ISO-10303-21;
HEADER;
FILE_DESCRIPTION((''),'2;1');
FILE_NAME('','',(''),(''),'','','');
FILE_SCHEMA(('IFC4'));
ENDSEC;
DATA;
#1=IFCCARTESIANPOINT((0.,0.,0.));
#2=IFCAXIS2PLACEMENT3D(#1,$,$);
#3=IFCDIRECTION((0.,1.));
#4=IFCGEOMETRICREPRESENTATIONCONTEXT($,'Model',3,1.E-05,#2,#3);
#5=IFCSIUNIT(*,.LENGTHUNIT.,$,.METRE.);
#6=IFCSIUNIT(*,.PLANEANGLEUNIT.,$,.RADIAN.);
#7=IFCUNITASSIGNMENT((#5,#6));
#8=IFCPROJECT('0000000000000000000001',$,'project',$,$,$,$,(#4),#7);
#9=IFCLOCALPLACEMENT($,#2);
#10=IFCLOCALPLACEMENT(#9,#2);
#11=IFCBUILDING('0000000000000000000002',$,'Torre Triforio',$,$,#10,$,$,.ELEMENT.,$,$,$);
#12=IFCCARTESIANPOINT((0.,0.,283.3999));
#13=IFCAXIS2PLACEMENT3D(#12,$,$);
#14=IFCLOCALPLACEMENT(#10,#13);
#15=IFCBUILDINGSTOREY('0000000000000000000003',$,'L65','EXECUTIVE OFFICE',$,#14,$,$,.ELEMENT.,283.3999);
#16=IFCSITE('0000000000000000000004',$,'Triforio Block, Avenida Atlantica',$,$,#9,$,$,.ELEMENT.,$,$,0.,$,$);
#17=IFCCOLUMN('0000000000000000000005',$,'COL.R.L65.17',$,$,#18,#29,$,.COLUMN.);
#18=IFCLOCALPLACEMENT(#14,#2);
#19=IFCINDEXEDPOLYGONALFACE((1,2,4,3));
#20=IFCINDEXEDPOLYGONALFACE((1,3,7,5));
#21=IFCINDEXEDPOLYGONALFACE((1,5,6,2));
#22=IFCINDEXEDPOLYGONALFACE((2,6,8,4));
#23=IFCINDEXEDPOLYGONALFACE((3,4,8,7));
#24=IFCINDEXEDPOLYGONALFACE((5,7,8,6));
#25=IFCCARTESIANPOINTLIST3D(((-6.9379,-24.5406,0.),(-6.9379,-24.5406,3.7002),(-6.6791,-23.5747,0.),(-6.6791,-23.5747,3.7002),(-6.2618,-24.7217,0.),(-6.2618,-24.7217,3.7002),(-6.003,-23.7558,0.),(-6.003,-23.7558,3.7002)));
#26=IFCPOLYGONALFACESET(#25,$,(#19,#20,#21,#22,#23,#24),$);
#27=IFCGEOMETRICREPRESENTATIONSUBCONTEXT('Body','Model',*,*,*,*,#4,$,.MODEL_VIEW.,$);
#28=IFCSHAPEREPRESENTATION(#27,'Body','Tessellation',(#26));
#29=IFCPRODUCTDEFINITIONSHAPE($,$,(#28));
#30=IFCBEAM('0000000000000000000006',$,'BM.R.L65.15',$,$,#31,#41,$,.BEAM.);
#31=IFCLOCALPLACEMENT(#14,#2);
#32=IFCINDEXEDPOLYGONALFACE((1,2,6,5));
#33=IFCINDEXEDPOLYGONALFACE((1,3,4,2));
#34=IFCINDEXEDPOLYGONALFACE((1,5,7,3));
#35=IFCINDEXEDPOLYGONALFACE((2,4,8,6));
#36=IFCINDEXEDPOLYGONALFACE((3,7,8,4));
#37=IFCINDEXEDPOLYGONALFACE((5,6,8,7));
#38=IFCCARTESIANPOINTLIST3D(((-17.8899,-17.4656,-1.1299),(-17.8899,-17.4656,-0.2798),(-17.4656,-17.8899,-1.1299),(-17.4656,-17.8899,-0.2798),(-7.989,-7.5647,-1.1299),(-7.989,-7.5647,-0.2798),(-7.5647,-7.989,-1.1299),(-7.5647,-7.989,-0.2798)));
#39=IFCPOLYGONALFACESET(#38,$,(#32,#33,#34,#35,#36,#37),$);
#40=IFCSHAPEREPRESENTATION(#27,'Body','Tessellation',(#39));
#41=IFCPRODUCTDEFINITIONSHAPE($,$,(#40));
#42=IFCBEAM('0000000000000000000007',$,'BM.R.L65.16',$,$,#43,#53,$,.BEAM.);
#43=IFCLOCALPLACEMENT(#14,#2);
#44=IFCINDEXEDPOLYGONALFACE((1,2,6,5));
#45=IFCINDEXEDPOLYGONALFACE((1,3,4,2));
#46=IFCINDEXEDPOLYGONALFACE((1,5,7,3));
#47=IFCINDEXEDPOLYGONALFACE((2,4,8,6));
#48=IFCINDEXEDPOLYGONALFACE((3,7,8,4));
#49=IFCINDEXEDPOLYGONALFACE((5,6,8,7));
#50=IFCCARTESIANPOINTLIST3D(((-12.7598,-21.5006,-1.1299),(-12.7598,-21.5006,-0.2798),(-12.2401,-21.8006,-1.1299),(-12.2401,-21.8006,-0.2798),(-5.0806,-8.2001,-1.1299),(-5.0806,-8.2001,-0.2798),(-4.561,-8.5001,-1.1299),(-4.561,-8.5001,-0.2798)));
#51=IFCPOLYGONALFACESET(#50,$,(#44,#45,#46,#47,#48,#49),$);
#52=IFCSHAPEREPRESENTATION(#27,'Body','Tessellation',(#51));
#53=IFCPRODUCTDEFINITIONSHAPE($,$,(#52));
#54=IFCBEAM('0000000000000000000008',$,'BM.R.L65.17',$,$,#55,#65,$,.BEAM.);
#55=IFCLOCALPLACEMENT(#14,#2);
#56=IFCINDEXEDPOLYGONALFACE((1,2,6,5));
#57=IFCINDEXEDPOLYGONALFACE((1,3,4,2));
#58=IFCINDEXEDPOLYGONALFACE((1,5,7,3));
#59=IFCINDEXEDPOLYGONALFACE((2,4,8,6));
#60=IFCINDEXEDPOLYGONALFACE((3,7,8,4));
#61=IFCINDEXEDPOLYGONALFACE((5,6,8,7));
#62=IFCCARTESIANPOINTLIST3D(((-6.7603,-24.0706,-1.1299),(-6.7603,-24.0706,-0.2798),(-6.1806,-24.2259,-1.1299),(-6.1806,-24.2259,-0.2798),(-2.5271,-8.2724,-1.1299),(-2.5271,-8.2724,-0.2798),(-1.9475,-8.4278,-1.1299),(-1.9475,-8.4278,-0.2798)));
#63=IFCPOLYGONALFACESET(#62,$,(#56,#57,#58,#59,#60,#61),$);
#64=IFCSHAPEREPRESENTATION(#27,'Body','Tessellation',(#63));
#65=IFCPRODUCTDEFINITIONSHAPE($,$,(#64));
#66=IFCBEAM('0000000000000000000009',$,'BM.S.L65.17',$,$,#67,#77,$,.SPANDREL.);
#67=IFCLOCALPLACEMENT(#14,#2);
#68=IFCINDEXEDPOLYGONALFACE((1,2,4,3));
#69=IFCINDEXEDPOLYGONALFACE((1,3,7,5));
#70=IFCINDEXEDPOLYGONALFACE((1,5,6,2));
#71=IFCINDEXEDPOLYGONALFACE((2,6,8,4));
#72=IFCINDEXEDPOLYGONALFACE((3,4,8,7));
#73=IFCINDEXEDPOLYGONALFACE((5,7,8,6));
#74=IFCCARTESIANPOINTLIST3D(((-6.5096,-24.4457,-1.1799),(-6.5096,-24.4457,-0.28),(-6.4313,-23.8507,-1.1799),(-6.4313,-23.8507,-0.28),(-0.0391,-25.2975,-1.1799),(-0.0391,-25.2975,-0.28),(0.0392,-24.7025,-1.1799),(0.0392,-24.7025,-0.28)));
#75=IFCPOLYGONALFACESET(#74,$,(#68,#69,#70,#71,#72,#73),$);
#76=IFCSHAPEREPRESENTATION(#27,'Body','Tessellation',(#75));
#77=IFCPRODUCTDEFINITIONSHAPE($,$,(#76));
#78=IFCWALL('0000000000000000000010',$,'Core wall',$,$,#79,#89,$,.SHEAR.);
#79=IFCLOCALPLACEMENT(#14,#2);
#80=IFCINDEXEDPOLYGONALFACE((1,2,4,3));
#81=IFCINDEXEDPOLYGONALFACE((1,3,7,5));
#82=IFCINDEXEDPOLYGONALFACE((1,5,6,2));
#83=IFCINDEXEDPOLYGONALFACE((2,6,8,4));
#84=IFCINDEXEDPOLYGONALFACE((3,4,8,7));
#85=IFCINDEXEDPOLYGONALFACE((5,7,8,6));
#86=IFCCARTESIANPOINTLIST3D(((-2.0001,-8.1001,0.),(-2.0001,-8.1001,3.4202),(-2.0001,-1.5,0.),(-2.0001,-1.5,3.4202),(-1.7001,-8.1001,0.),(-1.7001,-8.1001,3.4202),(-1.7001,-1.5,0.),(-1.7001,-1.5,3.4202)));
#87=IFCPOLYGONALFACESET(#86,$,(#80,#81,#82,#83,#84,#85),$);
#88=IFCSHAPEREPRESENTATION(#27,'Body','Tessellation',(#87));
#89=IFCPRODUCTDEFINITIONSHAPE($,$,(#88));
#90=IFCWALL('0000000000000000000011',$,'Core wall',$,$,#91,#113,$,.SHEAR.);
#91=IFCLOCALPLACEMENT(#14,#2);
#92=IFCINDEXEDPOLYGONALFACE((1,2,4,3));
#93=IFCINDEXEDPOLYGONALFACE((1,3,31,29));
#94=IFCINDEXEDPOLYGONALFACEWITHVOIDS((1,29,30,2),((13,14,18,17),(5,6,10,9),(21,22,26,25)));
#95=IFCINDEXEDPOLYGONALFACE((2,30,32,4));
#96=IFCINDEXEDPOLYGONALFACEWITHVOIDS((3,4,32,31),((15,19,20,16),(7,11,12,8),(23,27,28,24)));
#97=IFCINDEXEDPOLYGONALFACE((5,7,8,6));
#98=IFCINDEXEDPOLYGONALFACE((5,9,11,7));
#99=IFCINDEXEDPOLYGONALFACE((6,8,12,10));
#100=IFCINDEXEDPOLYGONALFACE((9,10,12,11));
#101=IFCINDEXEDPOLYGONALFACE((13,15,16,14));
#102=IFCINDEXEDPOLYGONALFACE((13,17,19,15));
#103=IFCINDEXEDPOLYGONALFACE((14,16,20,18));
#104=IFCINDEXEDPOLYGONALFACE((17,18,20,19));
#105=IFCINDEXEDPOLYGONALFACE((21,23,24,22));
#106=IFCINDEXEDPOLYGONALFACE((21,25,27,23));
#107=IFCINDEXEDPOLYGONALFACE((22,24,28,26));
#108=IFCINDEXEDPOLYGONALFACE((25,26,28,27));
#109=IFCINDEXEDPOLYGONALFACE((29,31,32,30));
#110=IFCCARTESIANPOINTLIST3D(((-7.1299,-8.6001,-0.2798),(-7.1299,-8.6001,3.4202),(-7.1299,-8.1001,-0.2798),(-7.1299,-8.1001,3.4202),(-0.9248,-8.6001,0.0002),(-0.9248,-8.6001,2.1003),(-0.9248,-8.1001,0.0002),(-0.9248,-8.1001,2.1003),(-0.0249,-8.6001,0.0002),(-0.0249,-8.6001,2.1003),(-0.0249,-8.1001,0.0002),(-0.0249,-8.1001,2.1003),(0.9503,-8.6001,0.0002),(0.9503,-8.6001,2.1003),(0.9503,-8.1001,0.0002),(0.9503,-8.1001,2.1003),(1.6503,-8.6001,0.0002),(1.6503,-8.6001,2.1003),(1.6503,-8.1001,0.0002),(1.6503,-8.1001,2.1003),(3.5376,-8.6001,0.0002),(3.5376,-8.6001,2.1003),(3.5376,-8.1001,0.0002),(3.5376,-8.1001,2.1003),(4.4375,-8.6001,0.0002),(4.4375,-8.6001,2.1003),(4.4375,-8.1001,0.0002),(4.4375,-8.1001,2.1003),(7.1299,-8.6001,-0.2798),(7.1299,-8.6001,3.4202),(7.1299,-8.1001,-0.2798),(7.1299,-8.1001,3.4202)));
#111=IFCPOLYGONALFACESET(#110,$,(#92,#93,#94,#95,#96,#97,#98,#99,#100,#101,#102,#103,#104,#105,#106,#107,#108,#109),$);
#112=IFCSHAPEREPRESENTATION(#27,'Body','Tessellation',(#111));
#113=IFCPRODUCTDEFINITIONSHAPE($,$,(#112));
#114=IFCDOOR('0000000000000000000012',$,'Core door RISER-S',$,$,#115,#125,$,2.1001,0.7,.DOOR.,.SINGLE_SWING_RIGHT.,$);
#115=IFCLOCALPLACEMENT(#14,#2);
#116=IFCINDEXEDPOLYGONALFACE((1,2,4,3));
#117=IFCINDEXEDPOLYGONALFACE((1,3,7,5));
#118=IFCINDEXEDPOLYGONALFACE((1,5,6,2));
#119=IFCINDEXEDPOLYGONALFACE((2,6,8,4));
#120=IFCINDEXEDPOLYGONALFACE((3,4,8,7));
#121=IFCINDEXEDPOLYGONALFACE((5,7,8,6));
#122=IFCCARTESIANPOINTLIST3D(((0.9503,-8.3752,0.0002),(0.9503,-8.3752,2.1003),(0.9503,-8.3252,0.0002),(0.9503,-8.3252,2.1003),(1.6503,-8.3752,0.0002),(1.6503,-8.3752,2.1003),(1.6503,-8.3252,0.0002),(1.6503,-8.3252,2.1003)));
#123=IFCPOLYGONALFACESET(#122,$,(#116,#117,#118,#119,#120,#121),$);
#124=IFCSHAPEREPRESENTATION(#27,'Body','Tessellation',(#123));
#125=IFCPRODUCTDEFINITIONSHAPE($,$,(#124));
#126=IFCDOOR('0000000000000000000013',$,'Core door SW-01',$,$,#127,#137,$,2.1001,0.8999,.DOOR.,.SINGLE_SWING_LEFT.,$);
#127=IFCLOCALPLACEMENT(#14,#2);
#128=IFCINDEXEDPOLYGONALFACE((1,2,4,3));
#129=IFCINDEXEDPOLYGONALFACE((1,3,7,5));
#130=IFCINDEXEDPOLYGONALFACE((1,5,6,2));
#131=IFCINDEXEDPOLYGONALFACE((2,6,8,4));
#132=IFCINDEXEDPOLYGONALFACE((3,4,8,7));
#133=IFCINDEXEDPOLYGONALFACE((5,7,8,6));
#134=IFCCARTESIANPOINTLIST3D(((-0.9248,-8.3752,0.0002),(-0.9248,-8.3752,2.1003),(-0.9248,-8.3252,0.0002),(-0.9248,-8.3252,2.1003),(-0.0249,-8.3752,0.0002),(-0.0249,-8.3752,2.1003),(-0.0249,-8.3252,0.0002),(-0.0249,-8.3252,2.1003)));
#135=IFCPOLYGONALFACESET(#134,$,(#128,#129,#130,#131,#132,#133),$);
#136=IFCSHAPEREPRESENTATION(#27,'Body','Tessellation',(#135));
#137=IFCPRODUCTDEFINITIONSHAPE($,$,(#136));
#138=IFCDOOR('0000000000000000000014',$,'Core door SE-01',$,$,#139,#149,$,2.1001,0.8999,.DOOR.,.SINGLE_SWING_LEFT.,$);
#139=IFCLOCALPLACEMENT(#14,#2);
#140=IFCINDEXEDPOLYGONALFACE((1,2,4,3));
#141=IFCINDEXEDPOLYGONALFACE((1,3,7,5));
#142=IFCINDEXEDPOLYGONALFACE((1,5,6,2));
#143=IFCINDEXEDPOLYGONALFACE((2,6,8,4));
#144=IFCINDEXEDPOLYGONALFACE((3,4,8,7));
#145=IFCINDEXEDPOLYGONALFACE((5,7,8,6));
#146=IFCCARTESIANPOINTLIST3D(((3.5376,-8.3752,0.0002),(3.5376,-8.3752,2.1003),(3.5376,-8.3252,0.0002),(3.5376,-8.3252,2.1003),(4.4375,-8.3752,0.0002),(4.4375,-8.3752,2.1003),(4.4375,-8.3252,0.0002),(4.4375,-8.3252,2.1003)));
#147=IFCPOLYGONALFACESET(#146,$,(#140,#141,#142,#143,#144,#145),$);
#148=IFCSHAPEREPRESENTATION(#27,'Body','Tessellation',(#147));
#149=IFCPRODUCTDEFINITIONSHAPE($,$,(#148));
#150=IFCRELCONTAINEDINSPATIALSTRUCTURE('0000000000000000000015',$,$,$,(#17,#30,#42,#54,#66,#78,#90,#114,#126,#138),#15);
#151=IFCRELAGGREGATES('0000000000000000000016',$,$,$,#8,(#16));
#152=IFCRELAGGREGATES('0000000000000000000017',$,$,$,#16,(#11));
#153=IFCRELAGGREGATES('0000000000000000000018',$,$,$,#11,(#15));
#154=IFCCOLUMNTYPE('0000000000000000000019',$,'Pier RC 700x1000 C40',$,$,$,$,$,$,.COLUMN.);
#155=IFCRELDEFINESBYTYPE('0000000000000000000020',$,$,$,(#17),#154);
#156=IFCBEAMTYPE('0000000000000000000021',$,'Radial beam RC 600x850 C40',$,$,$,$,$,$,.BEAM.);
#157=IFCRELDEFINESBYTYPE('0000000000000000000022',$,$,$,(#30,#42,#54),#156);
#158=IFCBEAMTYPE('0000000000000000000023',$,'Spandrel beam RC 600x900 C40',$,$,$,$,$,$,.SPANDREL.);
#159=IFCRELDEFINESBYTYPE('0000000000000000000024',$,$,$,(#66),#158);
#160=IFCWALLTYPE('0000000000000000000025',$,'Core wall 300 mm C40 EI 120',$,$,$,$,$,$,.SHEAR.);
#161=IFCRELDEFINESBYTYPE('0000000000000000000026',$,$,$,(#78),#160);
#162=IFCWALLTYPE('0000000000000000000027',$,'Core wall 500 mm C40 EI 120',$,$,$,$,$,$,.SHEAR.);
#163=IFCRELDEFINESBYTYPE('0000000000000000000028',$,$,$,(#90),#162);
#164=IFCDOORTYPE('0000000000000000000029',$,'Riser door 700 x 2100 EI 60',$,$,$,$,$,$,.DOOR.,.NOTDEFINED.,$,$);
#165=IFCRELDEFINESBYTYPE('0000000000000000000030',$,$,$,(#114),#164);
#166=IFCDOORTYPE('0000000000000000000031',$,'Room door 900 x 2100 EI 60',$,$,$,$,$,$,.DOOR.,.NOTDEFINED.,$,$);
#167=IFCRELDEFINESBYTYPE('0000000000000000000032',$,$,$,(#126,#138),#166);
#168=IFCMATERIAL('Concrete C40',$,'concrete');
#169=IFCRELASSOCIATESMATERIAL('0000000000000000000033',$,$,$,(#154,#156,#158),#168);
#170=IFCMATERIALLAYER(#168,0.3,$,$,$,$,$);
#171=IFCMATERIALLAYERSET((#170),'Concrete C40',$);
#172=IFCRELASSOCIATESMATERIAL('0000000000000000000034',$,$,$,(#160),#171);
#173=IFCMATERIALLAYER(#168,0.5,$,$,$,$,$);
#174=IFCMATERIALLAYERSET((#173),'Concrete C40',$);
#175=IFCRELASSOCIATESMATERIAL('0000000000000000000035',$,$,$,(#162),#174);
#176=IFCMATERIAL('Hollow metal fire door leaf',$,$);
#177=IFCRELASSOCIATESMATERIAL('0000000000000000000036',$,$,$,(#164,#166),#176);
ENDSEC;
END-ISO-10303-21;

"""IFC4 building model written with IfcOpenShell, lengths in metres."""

from ifc_helpers import new_model, si_unit, direction, frame, frame_2d, origin, origin_2d, place, context, subcontext, project, spatial, rectangle, extrude, material, layer, layer_set, material_profile, profile_set, type_object, element, fill, save


model = new_model("IFC4")

# Units and contexts
model_context = context("Model", 3, precision=1e-05, world=origin(), true_north=direction((0.0, 1.0)))
body_context = subcontext(model_context, "Body", "Model", "MODEL_VIEW")
ifc_project = project(units=[si_unit("LENGTHUNIT", "METRE"), si_unit("PLANEANGLEUNIT", "RADIAN")], contexts=[model_context])

# Site, building, storey
site_placement = place(None, origin())
site = spatial("IfcSite", under=ifc_project, at=site_placement, Name="Triforio Block, Avenida Atlantica", CompositionType="ELEMENT", RefElevation=0.0)
building_placement = place(site_placement, origin())
building = spatial("IfcBuilding", under=site, at=building_placement, Name="Torre Triforio", CompositionType="ELEMENT")
storey_placement = place(building_placement, frame((0.0, 0.0, 283.3999)))
storey = spatial("IfcBuildingStorey", under=building, at=storey_placement, Name="L65", Description="EXECUTIVE OFFICE", CompositionType="ELEMENT", Elevation=283.3999)

# Column
ifc_material_1 = material(Name="Concrete C40", Category="concrete")
ifc_material_profile_1 = material_profile(ifc_material_1, rectangle(XDim=0.7, YDim=1.0, at=origin_2d()), Name="RC 700x1000")
ifc_profile_set_1 = profile_set([ifc_material_profile_1], Name="Concrete C40")
column_type = type_object("IfcColumnType", Name="Pier RC 700x1000 C40", PredefinedType="COLUMN", material=ifc_profile_set_1)
column_placement = place(storey_placement, frame((-6.4705, -24.1482, 0.0), z_axis=(0.0, 0.0, 1.0), x_axis=(0.965926, -0.258819, 0.0)))
element("IfcColumn", 1, at=column_placement, inside=storey, type_object=column_type, Name="COL.R.L65.17", PredefinedType="COLUMN", context=body_context, shape_type="SweptSolid", body=[
    extrude(rectangle(XDim=0.7, YDim=1.0, at=origin_2d()), origin(), (0.0, 0.0, 1.0), 3.7002),
])

# Beams
ifc_material_profile_2 = material_profile(ifc_material_1, rectangle(XDim=0.6001, YDim=0.8501, at=origin_2d()), Name="RC 600x850")
ifc_profile_set_2 = profile_set([ifc_material_profile_2], Name="Concrete C40")
beam_type_1 = type_object("IfcBeamType", Name="Radial beam RC 600x850 C40", PredefinedType="BEAM", material=ifc_profile_set_2)
beam_1_placement = place(storey_placement, frame((-7.7769, -7.7769, -0.7048), z_axis=(-0.707107, -0.707107, 0.0), x_axis=(0.707107, -0.707107, 0.0)))
element("IfcBeam", 2, at=beam_1_placement, inside=storey, type_object=beam_type_1, Name="BM.R.L65.15", PredefinedType="BEAM", context=body_context, shape_type="SweptSolid", body=[
    extrude(rectangle(XDim=0.6001, YDim=0.8501, at=origin_2d()), origin(), (0.0, 0.0, 1.0), 14.002),
])
beam_2_placement = place(storey_placement, frame((-4.8208, -8.3501, -0.7048), z_axis=(-0.500006, -0.866022, 0.0), x_axis=(0.866022, -0.500006, 0.0)))
element("IfcBeam", 3, at=beam_2_placement, inside=storey, type_object=beam_type_1, Name="BM.R.L65.16", PredefinedType="BEAM", context=body_context, shape_type="SweptSolid", body=[
    extrude(rectangle(XDim=0.6001, YDim=0.8501, at=origin_2d()), origin(), (0.0, 0.0, 1.0), 15.3582),
])
beam_3_placement = place(storey_placement, frame((-2.2373, -8.3501, -0.7048), z_axis=(-0.258823, -0.965925, 0.0), x_axis=(0.965925, -0.258823, 0.0)))
element("IfcBeam", 4, at=beam_3_placement, inside=storey, type_object=beam_type_1, Name="BM.R.L65.17", PredefinedType="BEAM", context=body_context, shape_type="SweptSolid", body=[
    extrude(rectangle(XDim=0.6001, YDim=0.8501, at=origin_2d()), origin(), (0.0, 0.0, 1.0), 16.3555),
])
ifc_material_profile_3 = material_profile(ifc_material_1, rectangle(XDim=0.6001, YDim=0.8999, at=origin_2d()), Name="RC 600x900")
ifc_profile_set_3 = profile_set([ifc_material_profile_3], Name="Concrete C40")
beam_type_2 = type_object("IfcBeamType", Name="Spandrel beam RC 600x900 C40", PredefinedType="SPANDREL", material=ifc_profile_set_3)
beam_4_placement = place(storey_placement, frame((-6.4705, -24.1482, -0.73), z_axis=(0.991446, -0.130519, 0.0), x_axis=(0.130519, 0.991446, 0.0)))
element("IfcBeam", 5, at=beam_4_placement, inside=storey, type_object=beam_type_2, Name="BM.S.L65.17", PredefinedType="SPANDREL", context=body_context, shape_type="SweptSolid", body=[
    extrude(rectangle(XDim=0.6001, YDim=0.8999, at=origin_2d()), origin(), (0.0, 0.0, 1.0), 6.5264),
])

# Wall
ifc_layer_1 = layer(ifc_material_1, 0.3)
ifc_layer_set_1 = layer_set([ifc_layer_1], Name="Concrete C40")
wall_type_1 = type_object("IfcWallType", Name="Core wall 300 mm C40 EI 120", PredefinedType="SHEAR", material=ifc_layer_set_1)
wall_1_placement = place(storey_placement, frame((-1.8501, -8.1001, 0.0), z_axis=(0.0, 0.0, 1.0), x_axis=(0.0, 1.0, 0.0)))
element("IfcWall", 6, at=wall_1_placement, inside=storey, type_object=wall_type_1, Name="Core wall", PredefinedType="SHEAR", context=body_context, shape_type="SweptSolid", body=[
    extrude(rectangle(XDim=6.6001, YDim=0.3, at=frame_2d((3.3, 0.0))), origin(), (0.0, 0.0, 1.0), 3.4202),
])

# Wall, openings, doors
ifc_layer_2 = layer(ifc_material_1, 0.5)
ifc_layer_set_2 = layer_set([ifc_layer_2], Name="Concrete C40")
wall_type_2 = type_object("IfcWallType", Name="Core wall 500 mm C40 EI 120", PredefinedType="SHEAR", material=ifc_layer_set_2)
wall_2_placement = place(storey_placement, frame((-7.1299, -8.3501, -0.2798), z_axis=(0.0, 0.0, 1.0), x_axis=(1.0, 0.0, 0.0)))
wall_2 = element("IfcWall", 7, at=wall_2_placement, inside=storey, type_object=wall_type_2, Name="Core wall", PredefinedType="SHEAR", context=body_context, shape_type="SweptSolid", body=[
    extrude(rectangle(XDim=14.2598, YDim=0.5, at=frame_2d((7.1299, 0.0))), origin(), (0.0, 0.0, 1.0), 3.7),
])
opening_1_placement = place(wall_2_placement, frame((8.0801, 0.0, 0.28)))
opening_1 = element("IfcOpeningElement", 8, at=opening_1_placement, cuts=wall_2, PredefinedType="OPENING", context=body_context, shape_type="SweptSolid", body=[
    extrude(rectangle(XDim=0.7, YDim=2.1001, at=frame_2d((0.3501, 1.05))), frame((0.0, 0.26, 0.0), z_axis=(0.0, -1.0, 0.0), x_axis=(1.0, 0.0, 0.0)), (0.0, 0.0, 1.0), 0.52),
])
opening_2_placement = place(wall_2_placement, frame((6.2051, 0.0, 0.28)))
opening_2 = element("IfcOpeningElement", 9, at=opening_2_placement, cuts=wall_2, PredefinedType="OPENING", context=body_context, shape_type="SweptSolid", body=[
    extrude(rectangle(XDim=0.8999, YDim=2.1001, at=frame_2d((0.45, 1.05))), frame((0.0, 0.26, 0.0), z_axis=(0.0, -1.0, 0.0), x_axis=(1.0, 0.0, 0.0)), (0.0, 0.0, 1.0), 0.52),
])
opening_3_placement = place(wall_2_placement, frame((10.6675, 0.0, 0.28)))
opening_3 = element("IfcOpeningElement", 10, at=opening_3_placement, cuts=wall_2, PredefinedType="OPENING", context=body_context, shape_type="SweptSolid", body=[
    extrude(rectangle(XDim=0.8999, YDim=2.1001, at=frame_2d((0.45, 1.05))), frame((0.0, 0.26, 0.0), z_axis=(0.0, -1.0, 0.0), x_axis=(1.0, 0.0, 0.0)), (0.0, 0.0, 1.0), 0.52),
])
ifc_material_2 = material(Name="Hollow metal fire door leaf")
door_type_1 = type_object("IfcDoorType", Name="Riser door 700 x 2100 EI 60", OperationType="NOTDEFINED", PredefinedType="DOOR", material=ifc_material_2)
door_1_placement = place(opening_1_placement, origin())
door_1 = element("IfcDoor", 11, at=door_1_placement, inside=storey, type_object=door_type_1, Name="Core door RISER-S", OperationType="SINGLE_SWING_RIGHT", OverallHeight=2.1001, OverallWidth=0.7, PredefinedType="DOOR", context=body_context, shape_type="SweptSolid", body=[
    extrude(rectangle(XDim=0.7, YDim=2.1001, at=frame_2d((0.3501, 1.05))), frame((0.0, 0.0249, 0.0), z_axis=(0.0, -1.0, 0.0), x_axis=(1.0, 0.0, 0.0)), (0.0, 0.0, 1.0), 0.05),
])
fill(opening_1, door_1)
door_type_2 = type_object("IfcDoorType", Name="Room door 900 x 2100 EI 60", OperationType="NOTDEFINED", PredefinedType="DOOR", material=ifc_material_2)
door_2_placement = place(opening_2_placement, origin())
door_2 = element("IfcDoor", 12, at=door_2_placement, inside=storey, type_object=door_type_2, Name="Core door SW-01", OperationType="SINGLE_SWING_LEFT", OverallHeight=2.1001, OverallWidth=0.8999, PredefinedType="DOOR", context=body_context, shape_type="SweptSolid", body=[
    extrude(rectangle(XDim=0.8999, YDim=2.1001, at=frame_2d((0.45, 1.05))), frame((0.0, 0.0249, 0.0), z_axis=(0.0, -1.0, 0.0), x_axis=(1.0, 0.0, 0.0)), (0.0, 0.0, 1.0), 0.05),
])
fill(opening_2, door_2)
door_3_placement = place(opening_3_placement, origin())
door_3 = element("IfcDoor", 13, at=door_3_placement, inside=storey, type_object=door_type_2, Name="Core door SE-01", OperationType="SINGLE_SWING_LEFT", OverallHeight=2.1001, OverallWidth=0.8999, PredefinedType="DOOR", context=body_context, shape_type="SweptSolid", body=[
    extrude(rectangle(XDim=0.8999, YDim=2.1001, at=frame_2d((0.45, 1.05))), frame((0.0, 0.0249, 0.0), z_axis=(0.0, -1.0, 0.0), x_axis=(1.0, 0.0, 0.0)), (0.0, 0.0, 1.0), 0.05),
])
fill(opening_3, door_3)

save(model, "model.ifc")
